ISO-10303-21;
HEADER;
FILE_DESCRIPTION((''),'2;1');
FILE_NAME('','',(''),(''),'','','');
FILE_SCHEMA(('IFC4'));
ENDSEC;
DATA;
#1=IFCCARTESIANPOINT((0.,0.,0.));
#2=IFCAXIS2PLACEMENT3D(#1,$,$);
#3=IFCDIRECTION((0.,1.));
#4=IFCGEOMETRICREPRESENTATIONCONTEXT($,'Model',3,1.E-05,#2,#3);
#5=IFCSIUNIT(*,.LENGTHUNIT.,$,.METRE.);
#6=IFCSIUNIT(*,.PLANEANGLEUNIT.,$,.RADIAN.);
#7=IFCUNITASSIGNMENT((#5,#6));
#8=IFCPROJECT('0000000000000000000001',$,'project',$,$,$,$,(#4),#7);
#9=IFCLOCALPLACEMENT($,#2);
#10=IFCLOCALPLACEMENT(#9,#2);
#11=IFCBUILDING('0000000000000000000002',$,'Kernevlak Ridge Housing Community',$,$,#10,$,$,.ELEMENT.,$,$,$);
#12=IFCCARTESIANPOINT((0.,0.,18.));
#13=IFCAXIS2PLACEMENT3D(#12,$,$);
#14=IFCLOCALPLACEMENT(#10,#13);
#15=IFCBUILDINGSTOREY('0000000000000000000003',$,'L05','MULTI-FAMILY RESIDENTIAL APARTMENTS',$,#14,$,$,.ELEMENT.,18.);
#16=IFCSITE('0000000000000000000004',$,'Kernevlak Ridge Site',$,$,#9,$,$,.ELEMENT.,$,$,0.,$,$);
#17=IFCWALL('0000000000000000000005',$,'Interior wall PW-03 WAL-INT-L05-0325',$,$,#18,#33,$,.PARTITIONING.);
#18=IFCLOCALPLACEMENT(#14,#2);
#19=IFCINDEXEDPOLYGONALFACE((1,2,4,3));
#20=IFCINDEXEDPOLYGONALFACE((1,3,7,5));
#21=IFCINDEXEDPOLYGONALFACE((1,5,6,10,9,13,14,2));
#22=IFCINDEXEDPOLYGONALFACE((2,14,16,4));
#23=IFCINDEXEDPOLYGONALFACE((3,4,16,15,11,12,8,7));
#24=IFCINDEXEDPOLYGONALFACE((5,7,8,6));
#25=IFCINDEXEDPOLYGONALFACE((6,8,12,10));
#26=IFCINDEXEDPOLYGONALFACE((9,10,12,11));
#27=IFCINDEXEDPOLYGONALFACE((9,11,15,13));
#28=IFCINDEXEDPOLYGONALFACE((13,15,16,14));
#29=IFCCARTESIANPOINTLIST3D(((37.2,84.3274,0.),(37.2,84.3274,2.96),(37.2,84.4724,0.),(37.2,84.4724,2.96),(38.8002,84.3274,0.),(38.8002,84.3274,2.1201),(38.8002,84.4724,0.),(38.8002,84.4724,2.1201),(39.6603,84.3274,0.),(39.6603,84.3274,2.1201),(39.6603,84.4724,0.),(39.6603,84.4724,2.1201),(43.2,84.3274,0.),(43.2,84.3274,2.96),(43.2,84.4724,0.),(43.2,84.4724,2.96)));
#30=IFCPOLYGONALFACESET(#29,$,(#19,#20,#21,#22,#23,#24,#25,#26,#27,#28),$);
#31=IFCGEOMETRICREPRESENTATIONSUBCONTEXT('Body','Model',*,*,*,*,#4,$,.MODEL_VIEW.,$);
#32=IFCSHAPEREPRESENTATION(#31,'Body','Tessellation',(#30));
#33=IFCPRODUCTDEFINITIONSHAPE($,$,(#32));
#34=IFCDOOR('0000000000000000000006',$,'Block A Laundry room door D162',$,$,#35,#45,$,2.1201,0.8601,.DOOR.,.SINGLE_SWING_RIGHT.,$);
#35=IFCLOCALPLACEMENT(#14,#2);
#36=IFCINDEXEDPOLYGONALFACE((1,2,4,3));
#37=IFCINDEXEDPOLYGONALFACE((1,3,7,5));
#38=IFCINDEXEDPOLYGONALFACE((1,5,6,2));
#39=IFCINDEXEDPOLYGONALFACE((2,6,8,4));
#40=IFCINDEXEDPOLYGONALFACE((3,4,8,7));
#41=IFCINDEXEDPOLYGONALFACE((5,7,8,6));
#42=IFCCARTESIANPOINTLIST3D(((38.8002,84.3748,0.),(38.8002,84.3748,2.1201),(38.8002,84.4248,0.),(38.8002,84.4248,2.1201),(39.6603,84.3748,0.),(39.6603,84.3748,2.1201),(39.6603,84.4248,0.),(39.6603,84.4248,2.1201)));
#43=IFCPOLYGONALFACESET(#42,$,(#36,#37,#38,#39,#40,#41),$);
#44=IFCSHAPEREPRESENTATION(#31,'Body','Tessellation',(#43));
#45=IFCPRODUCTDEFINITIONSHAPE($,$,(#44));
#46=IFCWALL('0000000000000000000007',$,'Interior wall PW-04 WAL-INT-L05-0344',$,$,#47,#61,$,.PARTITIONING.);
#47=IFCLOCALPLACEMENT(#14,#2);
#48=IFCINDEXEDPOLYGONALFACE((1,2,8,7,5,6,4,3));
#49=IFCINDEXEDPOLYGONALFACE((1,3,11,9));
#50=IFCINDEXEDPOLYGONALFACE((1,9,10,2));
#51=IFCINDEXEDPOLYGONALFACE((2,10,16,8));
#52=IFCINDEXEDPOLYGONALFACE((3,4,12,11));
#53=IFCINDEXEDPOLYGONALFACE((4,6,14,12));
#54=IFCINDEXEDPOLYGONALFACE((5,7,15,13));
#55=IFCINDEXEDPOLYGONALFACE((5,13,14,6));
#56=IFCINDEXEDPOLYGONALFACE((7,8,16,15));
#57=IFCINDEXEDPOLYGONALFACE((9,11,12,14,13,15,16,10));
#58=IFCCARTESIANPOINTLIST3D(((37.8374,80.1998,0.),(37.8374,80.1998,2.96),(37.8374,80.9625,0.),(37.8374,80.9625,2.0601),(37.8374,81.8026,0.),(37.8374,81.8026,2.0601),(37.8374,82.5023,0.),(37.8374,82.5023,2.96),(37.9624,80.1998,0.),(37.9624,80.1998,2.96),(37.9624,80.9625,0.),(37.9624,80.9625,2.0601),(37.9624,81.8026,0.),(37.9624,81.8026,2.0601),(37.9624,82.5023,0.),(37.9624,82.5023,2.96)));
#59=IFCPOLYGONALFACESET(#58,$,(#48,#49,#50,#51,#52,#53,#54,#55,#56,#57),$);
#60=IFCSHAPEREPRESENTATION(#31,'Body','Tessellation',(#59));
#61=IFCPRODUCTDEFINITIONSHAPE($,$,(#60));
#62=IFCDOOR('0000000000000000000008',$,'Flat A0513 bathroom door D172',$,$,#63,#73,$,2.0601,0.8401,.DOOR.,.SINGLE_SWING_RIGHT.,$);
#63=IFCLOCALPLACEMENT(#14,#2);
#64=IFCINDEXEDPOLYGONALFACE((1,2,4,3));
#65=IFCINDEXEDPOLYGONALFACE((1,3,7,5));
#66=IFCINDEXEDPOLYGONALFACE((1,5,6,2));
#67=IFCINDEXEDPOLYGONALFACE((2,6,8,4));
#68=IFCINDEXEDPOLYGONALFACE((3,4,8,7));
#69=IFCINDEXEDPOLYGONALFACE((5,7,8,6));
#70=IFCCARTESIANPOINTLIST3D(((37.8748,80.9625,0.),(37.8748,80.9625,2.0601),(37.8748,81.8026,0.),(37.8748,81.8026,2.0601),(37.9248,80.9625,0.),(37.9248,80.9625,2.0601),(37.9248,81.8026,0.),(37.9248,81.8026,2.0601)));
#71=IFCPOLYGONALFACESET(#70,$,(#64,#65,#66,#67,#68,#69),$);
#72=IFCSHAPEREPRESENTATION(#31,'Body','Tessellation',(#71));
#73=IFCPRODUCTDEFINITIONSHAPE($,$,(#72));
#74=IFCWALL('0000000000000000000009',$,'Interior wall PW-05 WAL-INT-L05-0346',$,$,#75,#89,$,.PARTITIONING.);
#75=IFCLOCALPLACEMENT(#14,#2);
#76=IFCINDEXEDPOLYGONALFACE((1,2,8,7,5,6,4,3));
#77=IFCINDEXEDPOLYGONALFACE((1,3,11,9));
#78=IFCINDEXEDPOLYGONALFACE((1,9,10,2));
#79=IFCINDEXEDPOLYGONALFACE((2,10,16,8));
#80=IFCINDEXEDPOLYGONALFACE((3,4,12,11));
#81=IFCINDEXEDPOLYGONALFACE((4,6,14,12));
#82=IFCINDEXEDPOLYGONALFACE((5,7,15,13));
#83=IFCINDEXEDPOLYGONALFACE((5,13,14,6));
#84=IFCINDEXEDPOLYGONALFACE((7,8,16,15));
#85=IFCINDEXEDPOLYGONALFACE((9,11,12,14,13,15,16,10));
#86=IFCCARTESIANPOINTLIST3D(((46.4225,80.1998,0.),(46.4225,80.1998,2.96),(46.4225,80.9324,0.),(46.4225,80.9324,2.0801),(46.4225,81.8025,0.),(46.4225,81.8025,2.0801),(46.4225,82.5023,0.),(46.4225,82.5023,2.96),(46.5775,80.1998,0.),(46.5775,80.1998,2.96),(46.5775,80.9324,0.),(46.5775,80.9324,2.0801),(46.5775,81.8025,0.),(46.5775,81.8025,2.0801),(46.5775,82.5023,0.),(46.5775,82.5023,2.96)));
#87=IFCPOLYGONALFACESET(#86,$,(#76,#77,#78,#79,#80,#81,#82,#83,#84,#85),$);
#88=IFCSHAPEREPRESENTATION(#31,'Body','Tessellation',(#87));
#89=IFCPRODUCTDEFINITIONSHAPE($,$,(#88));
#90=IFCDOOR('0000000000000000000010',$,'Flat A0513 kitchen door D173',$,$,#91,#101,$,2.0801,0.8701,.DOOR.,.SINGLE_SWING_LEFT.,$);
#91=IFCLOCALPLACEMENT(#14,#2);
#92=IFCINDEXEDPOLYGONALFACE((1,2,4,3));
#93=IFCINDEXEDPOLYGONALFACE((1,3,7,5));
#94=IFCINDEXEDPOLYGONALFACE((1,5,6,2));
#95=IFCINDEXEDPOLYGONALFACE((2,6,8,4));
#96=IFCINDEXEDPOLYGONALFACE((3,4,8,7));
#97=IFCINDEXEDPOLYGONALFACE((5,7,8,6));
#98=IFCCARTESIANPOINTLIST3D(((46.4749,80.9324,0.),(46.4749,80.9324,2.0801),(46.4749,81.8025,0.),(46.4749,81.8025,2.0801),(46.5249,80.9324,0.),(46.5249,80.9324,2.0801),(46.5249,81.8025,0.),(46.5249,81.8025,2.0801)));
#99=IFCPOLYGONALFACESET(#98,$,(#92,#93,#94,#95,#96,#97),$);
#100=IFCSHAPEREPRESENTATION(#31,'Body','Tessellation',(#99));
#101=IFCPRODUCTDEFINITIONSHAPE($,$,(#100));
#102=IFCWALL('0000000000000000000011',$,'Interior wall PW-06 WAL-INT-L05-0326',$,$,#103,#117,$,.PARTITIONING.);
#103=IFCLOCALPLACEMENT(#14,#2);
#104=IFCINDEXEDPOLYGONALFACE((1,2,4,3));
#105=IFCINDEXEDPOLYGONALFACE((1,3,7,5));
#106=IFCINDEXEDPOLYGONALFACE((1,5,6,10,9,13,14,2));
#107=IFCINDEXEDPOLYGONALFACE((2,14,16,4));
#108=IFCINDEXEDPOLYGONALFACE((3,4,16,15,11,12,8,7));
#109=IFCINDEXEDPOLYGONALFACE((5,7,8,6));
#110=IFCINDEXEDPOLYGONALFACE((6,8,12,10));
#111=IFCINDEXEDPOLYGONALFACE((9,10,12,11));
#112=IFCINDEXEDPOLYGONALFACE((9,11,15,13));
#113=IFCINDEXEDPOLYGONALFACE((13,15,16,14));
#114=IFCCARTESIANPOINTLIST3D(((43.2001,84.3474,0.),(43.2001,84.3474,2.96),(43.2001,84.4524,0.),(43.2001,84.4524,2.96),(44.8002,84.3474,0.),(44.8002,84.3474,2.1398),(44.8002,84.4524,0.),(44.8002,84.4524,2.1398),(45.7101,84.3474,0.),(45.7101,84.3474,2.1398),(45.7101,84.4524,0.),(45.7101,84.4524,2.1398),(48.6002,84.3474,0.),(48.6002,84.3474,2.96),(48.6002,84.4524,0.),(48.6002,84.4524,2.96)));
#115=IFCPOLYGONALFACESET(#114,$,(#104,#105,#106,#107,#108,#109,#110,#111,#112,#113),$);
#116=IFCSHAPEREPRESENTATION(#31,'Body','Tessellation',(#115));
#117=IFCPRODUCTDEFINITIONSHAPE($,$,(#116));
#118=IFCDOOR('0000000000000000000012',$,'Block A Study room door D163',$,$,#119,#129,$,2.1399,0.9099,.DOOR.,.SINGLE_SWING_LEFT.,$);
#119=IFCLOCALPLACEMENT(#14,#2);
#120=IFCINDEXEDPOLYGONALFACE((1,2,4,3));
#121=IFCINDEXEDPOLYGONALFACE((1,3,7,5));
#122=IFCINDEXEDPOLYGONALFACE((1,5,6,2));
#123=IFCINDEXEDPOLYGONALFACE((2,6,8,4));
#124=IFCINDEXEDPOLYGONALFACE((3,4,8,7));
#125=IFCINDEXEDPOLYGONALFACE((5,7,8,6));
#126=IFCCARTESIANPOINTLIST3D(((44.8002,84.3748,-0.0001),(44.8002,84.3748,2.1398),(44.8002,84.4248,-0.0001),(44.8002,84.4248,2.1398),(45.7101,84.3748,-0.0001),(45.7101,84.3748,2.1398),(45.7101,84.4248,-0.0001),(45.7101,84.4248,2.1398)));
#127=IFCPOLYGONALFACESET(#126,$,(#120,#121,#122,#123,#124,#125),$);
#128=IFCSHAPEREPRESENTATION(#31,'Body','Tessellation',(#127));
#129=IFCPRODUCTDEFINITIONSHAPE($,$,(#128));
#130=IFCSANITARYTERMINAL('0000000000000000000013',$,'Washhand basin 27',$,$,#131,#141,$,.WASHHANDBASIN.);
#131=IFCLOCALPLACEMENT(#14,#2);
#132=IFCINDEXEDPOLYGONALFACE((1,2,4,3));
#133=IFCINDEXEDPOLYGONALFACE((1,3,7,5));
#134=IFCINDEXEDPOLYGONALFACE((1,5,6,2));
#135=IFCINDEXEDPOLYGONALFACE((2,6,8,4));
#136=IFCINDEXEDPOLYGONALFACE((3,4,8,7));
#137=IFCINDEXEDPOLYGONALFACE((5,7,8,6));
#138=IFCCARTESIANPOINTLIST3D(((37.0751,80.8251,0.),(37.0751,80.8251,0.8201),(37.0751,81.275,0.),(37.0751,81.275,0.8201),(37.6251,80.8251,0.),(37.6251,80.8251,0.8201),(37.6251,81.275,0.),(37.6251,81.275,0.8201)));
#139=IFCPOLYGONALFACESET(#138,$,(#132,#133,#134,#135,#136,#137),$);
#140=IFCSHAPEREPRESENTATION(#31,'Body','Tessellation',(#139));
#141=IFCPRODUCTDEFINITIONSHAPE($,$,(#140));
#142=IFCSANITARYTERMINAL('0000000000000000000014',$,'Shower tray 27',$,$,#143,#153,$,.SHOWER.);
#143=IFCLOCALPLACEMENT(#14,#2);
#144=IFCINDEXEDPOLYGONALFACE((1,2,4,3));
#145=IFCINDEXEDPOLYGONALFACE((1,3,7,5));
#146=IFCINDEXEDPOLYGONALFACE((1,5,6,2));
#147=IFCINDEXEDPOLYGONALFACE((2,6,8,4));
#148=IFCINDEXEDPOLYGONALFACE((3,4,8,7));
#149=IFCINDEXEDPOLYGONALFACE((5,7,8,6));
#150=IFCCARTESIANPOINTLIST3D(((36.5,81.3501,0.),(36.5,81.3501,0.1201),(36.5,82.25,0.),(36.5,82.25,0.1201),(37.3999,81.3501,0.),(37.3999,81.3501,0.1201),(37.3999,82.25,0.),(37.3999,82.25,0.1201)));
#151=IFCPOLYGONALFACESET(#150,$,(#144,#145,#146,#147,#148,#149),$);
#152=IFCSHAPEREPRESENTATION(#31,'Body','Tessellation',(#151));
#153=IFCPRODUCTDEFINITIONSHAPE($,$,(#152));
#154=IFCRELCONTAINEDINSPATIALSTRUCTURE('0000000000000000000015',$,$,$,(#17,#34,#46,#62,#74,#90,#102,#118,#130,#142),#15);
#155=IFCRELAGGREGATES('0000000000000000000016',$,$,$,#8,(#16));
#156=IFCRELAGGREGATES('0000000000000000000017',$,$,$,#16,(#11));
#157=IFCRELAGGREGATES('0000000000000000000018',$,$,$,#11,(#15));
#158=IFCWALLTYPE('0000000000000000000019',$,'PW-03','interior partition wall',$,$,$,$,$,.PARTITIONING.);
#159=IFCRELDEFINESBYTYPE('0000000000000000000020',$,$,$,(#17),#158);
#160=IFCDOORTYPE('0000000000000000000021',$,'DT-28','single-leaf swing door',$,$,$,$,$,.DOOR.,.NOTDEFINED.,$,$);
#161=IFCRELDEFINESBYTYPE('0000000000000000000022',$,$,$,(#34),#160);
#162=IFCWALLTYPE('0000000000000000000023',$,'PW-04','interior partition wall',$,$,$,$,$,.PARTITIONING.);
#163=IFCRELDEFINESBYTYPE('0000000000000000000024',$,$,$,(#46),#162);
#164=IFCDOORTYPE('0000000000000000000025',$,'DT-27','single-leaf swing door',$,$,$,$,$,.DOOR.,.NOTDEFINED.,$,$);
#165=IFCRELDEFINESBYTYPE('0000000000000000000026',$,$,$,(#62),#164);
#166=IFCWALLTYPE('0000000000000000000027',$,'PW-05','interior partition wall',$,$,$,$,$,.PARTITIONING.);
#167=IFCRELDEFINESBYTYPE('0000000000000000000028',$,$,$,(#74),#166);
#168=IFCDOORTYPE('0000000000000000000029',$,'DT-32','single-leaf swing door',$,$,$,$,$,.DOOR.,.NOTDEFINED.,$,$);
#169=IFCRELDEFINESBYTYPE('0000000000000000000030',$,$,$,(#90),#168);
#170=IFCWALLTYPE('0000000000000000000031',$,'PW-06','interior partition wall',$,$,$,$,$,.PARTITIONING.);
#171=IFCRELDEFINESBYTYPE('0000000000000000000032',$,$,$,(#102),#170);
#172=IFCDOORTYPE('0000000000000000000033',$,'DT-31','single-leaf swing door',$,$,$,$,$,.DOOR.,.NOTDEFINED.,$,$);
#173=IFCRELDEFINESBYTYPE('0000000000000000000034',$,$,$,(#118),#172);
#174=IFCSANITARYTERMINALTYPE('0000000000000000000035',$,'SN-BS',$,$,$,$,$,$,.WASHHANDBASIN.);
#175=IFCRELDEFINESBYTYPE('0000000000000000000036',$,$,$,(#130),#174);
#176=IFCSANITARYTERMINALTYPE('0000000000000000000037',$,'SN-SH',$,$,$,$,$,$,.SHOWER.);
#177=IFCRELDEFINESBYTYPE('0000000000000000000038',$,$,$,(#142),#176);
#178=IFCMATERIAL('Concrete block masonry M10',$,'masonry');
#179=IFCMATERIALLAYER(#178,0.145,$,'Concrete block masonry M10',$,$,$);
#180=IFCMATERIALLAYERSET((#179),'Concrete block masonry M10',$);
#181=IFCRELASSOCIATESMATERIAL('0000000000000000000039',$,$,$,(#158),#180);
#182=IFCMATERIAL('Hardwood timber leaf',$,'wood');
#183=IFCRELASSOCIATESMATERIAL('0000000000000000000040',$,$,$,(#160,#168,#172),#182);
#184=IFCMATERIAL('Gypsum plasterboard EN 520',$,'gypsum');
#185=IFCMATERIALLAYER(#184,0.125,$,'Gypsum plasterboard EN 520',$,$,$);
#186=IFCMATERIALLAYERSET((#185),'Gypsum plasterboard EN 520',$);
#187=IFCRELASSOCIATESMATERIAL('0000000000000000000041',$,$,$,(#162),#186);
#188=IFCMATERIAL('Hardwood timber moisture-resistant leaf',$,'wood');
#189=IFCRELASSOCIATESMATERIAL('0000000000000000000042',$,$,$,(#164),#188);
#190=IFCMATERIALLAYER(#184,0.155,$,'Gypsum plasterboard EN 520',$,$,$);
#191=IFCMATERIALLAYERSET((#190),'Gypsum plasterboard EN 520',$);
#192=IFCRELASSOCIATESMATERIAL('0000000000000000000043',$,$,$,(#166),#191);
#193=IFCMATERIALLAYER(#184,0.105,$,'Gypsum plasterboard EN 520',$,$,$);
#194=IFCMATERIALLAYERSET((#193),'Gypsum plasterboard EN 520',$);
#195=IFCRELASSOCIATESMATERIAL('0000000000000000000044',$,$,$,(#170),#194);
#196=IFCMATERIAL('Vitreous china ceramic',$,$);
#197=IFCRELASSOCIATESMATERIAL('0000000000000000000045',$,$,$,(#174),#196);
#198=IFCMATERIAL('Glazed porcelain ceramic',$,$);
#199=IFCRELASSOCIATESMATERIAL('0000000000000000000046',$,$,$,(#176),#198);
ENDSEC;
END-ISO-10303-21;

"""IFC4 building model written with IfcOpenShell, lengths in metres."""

from ifc_helpers import new_model, si_unit, direction, frame, frame_2d, origin, origin_2d, place, context, subcontext, project, spatial, rectangle, extrude, material, layer, layer_set, type_object, element, fill, save


model = new_model("IFC4")

# Units and contexts
model_context = context("Model", 3, precision=1e-05, world=origin(), true_north=direction((0.0, 1.0)))
body_context = subcontext(model_context, "Body", "Model", "MODEL_VIEW")
ifc_project = project(units=[si_unit("LENGTHUNIT", "METRE"), si_unit("PLANEANGLEUNIT", "RADIAN")], contexts=[model_context])

# Site, building, storey
site_placement = place(None, origin())
site = spatial("IfcSite", under=ifc_project, at=site_placement, Name="Kernevlak Ridge Site", CompositionType="ELEMENT", RefElevation=0.0)
building_placement = place(site_placement, origin())
building = spatial("IfcBuilding", under=site, at=building_placement, Name="Kernevlak Ridge Housing Community", CompositionType="ELEMENT")
storey_placement = place(building_placement, frame((0.0, 0.0, 18.0)))
storey = spatial("IfcBuildingStorey", under=building, at=storey_placement, Name="L05", Description="MULTI-FAMILY RESIDENTIAL APARTMENTS", CompositionType="ELEMENT", Elevation=18.0)

# Walls, openings, doors
ifc_material_1 = material(Name="Concrete block masonry M10", Category="masonry")
ifc_layer_1 = layer(ifc_material_1, 0.145, Name="Concrete block masonry M10")
ifc_layer_set_1 = layer_set([ifc_layer_1], Name="Concrete block masonry M10")
wall_type_1 = type_object("IfcWallType", Name="PW-03", Description="interior partition wall", PredefinedType="PARTITIONING", material=ifc_layer_set_1)
wall_1_placement = place(storey_placement, frame((37.2, 84.3999, 0.0), z_axis=(0.0, 0.0, 1.0), x_axis=(1.0, 0.0, 0.0)))
wall_1 = element("IfcWall", 1, at=wall_1_placement, inside=storey, type_object=wall_type_1, Name="Interior wall PW-03 WAL-INT-L05-0325", PredefinedType="PARTITIONING", context=body_context, shape_type="SweptSolid", body=[
    extrude(rectangle(XDim=6.0, YDim=0.145, at=frame_2d((3.0, 0.0))), origin(), (0.0, 0.0, 1.0), 2.96),
])
opening_1_placement = place(wall_1_placement, frame((1.6001, 0.0, 0.0)))
opening_1 = element("IfcOpeningElement", 2, at=opening_1_placement, cuts=wall_1, PredefinedType="OPENING", context=body_context, shape_type="SweptSolid", body=[
    extrude(rectangle(XDim=0.8601, YDim=2.1201, at=frame_2d((0.4302, 1.0601))), frame((0.0, 0.0825, 0.0), z_axis=(0.0, -1.0, 0.0), x_axis=(1.0, 0.0, 0.0)), (0.0, 0.0, 1.0), 0.165),
])
ifc_material_2 = material(Name="Hardwood timber leaf", Category="wood")
door_type_1 = type_object("IfcDoorType", Name="DT-28", Description="single-leaf swing door", OperationType="NOTDEFINED", PredefinedType="DOOR", material=ifc_material_2)
door_1_placement = place(opening_1_placement, origin())
door_1 = element("IfcDoor", 3, at=door_1_placement, inside=storey, type_object=door_type_1, Name="Block A Laundry room door D162", OperationType="SINGLE_SWING_RIGHT", OverallHeight=2.1201, OverallWidth=0.8601, PredefinedType="DOOR", context=body_context, shape_type="SweptSolid", body=[
    extrude(rectangle(XDim=0.8601, YDim=2.1201, at=frame_2d((0.4302, 1.0601))), frame((0.0, 0.0249, 0.0), z_axis=(0.0, -1.0, 0.0), x_axis=(1.0, 0.0, 0.0)), (0.0, 0.0, 1.0), 0.05),
])
fill(opening_1, door_1)
ifc_material_3 = material(Name="Gypsum plasterboard EN 520", Category="gypsum")
ifc_layer_2 = layer(ifc_material_3, 0.125, Name="Gypsum plasterboard EN 520")
ifc_layer_set_2 = layer_set([ifc_layer_2], Name="Gypsum plasterboard EN 520")
wall_type_2 = type_object("IfcWallType", Name="PW-04", Description="interior partition wall", PredefinedType="PARTITIONING", material=ifc_layer_set_2)
wall_2_placement = place(storey_placement, frame((37.8999, 82.5024, 0.0), z_axis=(0.0, 0.0, 1.0), x_axis=(0.0, -1.0, 0.0)))
wall_2 = element("IfcWall", 4, at=wall_2_placement, inside=storey, type_object=wall_type_2, Name="Interior wall PW-04 WAL-INT-L05-0344", PredefinedType="PARTITIONING", context=body_context, shape_type="SweptSolid", body=[
    extrude(rectangle(XDim=2.3025, YDim=0.125, at=frame_2d((1.1514, 0.0))), origin(), (0.0, 0.0, 1.0), 2.96),
])
opening_2_placement = place(wall_2_placement, frame((0.7, 0.0, 0.0)))
opening_2 = element("IfcOpeningElement", 5, at=opening_2_placement, cuts=wall_2, PredefinedType="OPENING", context=body_context, shape_type="SweptSolid", body=[
    extrude(rectangle(XDim=0.8401, YDim=2.0601, at=frame_2d((0.4199, 1.03))), frame((0.0, 0.0725, 0.0), z_axis=(0.0, -1.0, 0.0), x_axis=(1.0, 0.0, 0.0)), (0.0, 0.0, 1.0), 0.145),
])
ifc_material_4 = material(Name="Hardwood timber moisture-resistant leaf", Category="wood")
door_type_2 = type_object("IfcDoorType", Name="DT-27", Description="single-leaf swing door", OperationType="NOTDEFINED", PredefinedType="DOOR", material=ifc_material_4)
door_2_placement = place(opening_2_placement, origin())
door_2 = element("IfcDoor", 6, at=door_2_placement, inside=storey, type_object=door_type_2, Name="Flat A0513 bathroom door D172", OperationType="SINGLE_SWING_RIGHT", OverallHeight=2.0601, OverallWidth=0.8401, PredefinedType="DOOR", context=body_context, shape_type="SweptSolid", body=[
    extrude(rectangle(XDim=0.8401, YDim=2.0601, at=frame_2d((0.4199, 1.03))), frame((0.0, 0.0249, 0.0), z_axis=(0.0, -1.0, 0.0), x_axis=(1.0, 0.0, 0.0)), (0.0, 0.0, 1.0), 0.05),
])
fill(opening_2, door_2)
ifc_layer_3 = layer(ifc_material_3, 0.155, Name="Gypsum plasterboard EN 520")
ifc_layer_set_3 = layer_set([ifc_layer_3], Name="Gypsum plasterboard EN 520")
wall_type_3 = type_object("IfcWallType", Name="PW-05", Description="interior partition wall", PredefinedType="PARTITIONING", material=ifc_layer_set_3)
wall_3_placement = place(storey_placement, frame((46.5, 82.5024, 0.0), z_axis=(0.0, 0.0, 1.0), x_axis=(0.0, -1.0, 0.0)))
wall_3 = element("IfcWall", 7, at=wall_3_placement, inside=storey, type_object=wall_type_3, Name="Interior wall PW-05 WAL-INT-L05-0346", PredefinedType="PARTITIONING", context=body_context, shape_type="SweptSolid", body=[
    extrude(rectangle(XDim=2.3025, YDim=0.155, at=frame_2d((1.1514, 0.0))), origin(), (0.0, 0.0, 1.0), 2.96),
])
opening_3_placement = place(wall_3_placement, frame((0.7, 0.0, 0.0)))
opening_3 = element("IfcOpeningElement", 8, at=opening_3_placement, cuts=wall_3, PredefinedType="OPENING", context=body_context, shape_type="SweptSolid", body=[
    extrude(rectangle(XDim=0.8701, YDim=2.0801, at=frame_2d((0.4351, 1.04))), frame((0.0, 0.0874, 0.0), z_axis=(0.0, -1.0, 0.0), x_axis=(1.0, 0.0, 0.0)), (0.0, 0.0, 1.0), 0.175),
])
door_type_3 = type_object("IfcDoorType", Name="DT-32", Description="single-leaf swing door", OperationType="NOTDEFINED", PredefinedType="DOOR", material=ifc_material_2)
door_3_placement = place(opening_3_placement, origin())
door_3 = element("IfcDoor", 9, at=door_3_placement, inside=storey, type_object=door_type_3, Name="Flat A0513 kitchen door D173", OperationType="SINGLE_SWING_LEFT", OverallHeight=2.0801, OverallWidth=0.8701, PredefinedType="DOOR", context=body_context, shape_type="SweptSolid", body=[
    extrude(rectangle(XDim=0.8701, YDim=2.0801, at=frame_2d((0.4351, 1.04))), frame((0.0, 0.0249, 0.0), z_axis=(0.0, -1.0, 0.0), x_axis=(1.0, 0.0, 0.0)), (0.0, 0.0, 1.0), 0.05),
])
fill(opening_3, door_3)
ifc_layer_4 = layer(ifc_material_3, 0.105, Name="Gypsum plasterboard EN 520")
ifc_layer_set_4 = layer_set([ifc_layer_4], Name="Gypsum plasterboard EN 520")
wall_type_4 = type_object("IfcWallType", Name="PW-06", Description="interior partition wall", PredefinedType="PARTITIONING", material=ifc_layer_set_4)
wall_4_placement = place(storey_placement, frame((43.2, 84.3999, 0.0), z_axis=(0.0, 0.0, 1.0), x_axis=(1.0, 0.0, 0.0)))
wall_4 = element("IfcWall", 10, at=wall_4_placement, inside=storey, type_object=wall_type_4, Name="Interior wall PW-06 WAL-INT-L05-0326", PredefinedType="PARTITIONING", context=body_context, shape_type="SweptSolid", body=[
    extrude(rectangle(XDim=5.4001, YDim=0.105, at=frame_2d((2.7002, 0.0))), origin(), (0.0, 0.0, 1.0), 2.96),
])
opening_4_placement = place(wall_4_placement, frame((1.6001, 0.0, 0.0)))
opening_4 = element("IfcOpeningElement", 11, at=opening_4_placement, cuts=wall_4, PredefinedType="OPENING", context=body_context, shape_type="SweptSolid", body=[
    extrude(rectangle(XDim=0.9099, YDim=2.1399, at=frame_2d((0.4551, 1.0698))), frame((0.0, 0.0625, 0.0), z_axis=(0.0, -1.0, 0.0), x_axis=(1.0, 0.0, 0.0)), (0.0, 0.0, 1.0), 0.125),
])
door_type_4 = type_object("IfcDoorType", Name="DT-31", Description="single-leaf swing door", OperationType="NOTDEFINED", PredefinedType="DOOR", material=ifc_material_2)
door_4_placement = place(opening_4_placement, origin())
door_4 = element("IfcDoor", 12, at=door_4_placement, inside=storey, type_object=door_type_4, Name="Block A Study room door D163", OperationType="SINGLE_SWING_LEFT", OverallHeight=2.1399, OverallWidth=0.9099, PredefinedType="DOOR", context=body_context, shape_type="SweptSolid", body=[
    extrude(rectangle(XDim=0.9099, YDim=2.1399, at=frame_2d((0.4551, 1.0698))), frame((0.0, 0.0249, 0.0), z_axis=(0.0, -1.0, 0.0), x_axis=(1.0, 0.0, 0.0)), (0.0, 0.0, 1.0), 0.05),
])
fill(opening_4, door_4)

# Sanitary terminals
ifc_material_5 = material(Name="Vitreous china ceramic")
sanitary_terminal_type_1 = type_object("IfcSanitaryTerminalType", Name="SN-BS", PredefinedType="WASHHANDBASIN", material=ifc_material_5)
sanitary_terminal_1_placement = place(storey_placement, frame((37.3501, 81.05, 0.0), z_axis=(0.0, 0.0, 1.0), x_axis=(1.0, 0.0, 0.0)))
element("IfcSanitaryTerminal", 13, at=sanitary_terminal_1_placement, inside=storey, type_object=sanitary_terminal_type_1, Name="Washhand basin 27", PredefinedType="WASHHANDBASIN", context=body_context, shape_type="SweptSolid", body=[
    extrude(rectangle(XDim=0.55, YDim=0.45, at=origin_2d()), origin(), (0.0, 0.0, 1.0), 0.8201),
])
ifc_material_6 = material(Name="Glazed porcelain ceramic")
sanitary_terminal_type_2 = type_object("IfcSanitaryTerminalType", Name="SN-SH", PredefinedType="SHOWER", material=ifc_material_6)
sanitary_terminal_2_placement = place(storey_placement, frame((36.95, 81.8, 0.0), z_axis=(0.0, 0.0, 1.0), x_axis=(1.0, 0.0, 0.0)))
element("IfcSanitaryTerminal", 14, at=sanitary_terminal_2_placement, inside=storey, type_object=sanitary_terminal_type_2, Name="Shower tray 27", PredefinedType="SHOWER", context=body_context, shape_type="SweptSolid", body=[
    extrude(rectangle(XDim=0.8999, YDim=0.8999, at=origin_2d()), origin(), (0.0, 0.0, 1.0), 0.1201),
])

save(model, "model.ifc")
